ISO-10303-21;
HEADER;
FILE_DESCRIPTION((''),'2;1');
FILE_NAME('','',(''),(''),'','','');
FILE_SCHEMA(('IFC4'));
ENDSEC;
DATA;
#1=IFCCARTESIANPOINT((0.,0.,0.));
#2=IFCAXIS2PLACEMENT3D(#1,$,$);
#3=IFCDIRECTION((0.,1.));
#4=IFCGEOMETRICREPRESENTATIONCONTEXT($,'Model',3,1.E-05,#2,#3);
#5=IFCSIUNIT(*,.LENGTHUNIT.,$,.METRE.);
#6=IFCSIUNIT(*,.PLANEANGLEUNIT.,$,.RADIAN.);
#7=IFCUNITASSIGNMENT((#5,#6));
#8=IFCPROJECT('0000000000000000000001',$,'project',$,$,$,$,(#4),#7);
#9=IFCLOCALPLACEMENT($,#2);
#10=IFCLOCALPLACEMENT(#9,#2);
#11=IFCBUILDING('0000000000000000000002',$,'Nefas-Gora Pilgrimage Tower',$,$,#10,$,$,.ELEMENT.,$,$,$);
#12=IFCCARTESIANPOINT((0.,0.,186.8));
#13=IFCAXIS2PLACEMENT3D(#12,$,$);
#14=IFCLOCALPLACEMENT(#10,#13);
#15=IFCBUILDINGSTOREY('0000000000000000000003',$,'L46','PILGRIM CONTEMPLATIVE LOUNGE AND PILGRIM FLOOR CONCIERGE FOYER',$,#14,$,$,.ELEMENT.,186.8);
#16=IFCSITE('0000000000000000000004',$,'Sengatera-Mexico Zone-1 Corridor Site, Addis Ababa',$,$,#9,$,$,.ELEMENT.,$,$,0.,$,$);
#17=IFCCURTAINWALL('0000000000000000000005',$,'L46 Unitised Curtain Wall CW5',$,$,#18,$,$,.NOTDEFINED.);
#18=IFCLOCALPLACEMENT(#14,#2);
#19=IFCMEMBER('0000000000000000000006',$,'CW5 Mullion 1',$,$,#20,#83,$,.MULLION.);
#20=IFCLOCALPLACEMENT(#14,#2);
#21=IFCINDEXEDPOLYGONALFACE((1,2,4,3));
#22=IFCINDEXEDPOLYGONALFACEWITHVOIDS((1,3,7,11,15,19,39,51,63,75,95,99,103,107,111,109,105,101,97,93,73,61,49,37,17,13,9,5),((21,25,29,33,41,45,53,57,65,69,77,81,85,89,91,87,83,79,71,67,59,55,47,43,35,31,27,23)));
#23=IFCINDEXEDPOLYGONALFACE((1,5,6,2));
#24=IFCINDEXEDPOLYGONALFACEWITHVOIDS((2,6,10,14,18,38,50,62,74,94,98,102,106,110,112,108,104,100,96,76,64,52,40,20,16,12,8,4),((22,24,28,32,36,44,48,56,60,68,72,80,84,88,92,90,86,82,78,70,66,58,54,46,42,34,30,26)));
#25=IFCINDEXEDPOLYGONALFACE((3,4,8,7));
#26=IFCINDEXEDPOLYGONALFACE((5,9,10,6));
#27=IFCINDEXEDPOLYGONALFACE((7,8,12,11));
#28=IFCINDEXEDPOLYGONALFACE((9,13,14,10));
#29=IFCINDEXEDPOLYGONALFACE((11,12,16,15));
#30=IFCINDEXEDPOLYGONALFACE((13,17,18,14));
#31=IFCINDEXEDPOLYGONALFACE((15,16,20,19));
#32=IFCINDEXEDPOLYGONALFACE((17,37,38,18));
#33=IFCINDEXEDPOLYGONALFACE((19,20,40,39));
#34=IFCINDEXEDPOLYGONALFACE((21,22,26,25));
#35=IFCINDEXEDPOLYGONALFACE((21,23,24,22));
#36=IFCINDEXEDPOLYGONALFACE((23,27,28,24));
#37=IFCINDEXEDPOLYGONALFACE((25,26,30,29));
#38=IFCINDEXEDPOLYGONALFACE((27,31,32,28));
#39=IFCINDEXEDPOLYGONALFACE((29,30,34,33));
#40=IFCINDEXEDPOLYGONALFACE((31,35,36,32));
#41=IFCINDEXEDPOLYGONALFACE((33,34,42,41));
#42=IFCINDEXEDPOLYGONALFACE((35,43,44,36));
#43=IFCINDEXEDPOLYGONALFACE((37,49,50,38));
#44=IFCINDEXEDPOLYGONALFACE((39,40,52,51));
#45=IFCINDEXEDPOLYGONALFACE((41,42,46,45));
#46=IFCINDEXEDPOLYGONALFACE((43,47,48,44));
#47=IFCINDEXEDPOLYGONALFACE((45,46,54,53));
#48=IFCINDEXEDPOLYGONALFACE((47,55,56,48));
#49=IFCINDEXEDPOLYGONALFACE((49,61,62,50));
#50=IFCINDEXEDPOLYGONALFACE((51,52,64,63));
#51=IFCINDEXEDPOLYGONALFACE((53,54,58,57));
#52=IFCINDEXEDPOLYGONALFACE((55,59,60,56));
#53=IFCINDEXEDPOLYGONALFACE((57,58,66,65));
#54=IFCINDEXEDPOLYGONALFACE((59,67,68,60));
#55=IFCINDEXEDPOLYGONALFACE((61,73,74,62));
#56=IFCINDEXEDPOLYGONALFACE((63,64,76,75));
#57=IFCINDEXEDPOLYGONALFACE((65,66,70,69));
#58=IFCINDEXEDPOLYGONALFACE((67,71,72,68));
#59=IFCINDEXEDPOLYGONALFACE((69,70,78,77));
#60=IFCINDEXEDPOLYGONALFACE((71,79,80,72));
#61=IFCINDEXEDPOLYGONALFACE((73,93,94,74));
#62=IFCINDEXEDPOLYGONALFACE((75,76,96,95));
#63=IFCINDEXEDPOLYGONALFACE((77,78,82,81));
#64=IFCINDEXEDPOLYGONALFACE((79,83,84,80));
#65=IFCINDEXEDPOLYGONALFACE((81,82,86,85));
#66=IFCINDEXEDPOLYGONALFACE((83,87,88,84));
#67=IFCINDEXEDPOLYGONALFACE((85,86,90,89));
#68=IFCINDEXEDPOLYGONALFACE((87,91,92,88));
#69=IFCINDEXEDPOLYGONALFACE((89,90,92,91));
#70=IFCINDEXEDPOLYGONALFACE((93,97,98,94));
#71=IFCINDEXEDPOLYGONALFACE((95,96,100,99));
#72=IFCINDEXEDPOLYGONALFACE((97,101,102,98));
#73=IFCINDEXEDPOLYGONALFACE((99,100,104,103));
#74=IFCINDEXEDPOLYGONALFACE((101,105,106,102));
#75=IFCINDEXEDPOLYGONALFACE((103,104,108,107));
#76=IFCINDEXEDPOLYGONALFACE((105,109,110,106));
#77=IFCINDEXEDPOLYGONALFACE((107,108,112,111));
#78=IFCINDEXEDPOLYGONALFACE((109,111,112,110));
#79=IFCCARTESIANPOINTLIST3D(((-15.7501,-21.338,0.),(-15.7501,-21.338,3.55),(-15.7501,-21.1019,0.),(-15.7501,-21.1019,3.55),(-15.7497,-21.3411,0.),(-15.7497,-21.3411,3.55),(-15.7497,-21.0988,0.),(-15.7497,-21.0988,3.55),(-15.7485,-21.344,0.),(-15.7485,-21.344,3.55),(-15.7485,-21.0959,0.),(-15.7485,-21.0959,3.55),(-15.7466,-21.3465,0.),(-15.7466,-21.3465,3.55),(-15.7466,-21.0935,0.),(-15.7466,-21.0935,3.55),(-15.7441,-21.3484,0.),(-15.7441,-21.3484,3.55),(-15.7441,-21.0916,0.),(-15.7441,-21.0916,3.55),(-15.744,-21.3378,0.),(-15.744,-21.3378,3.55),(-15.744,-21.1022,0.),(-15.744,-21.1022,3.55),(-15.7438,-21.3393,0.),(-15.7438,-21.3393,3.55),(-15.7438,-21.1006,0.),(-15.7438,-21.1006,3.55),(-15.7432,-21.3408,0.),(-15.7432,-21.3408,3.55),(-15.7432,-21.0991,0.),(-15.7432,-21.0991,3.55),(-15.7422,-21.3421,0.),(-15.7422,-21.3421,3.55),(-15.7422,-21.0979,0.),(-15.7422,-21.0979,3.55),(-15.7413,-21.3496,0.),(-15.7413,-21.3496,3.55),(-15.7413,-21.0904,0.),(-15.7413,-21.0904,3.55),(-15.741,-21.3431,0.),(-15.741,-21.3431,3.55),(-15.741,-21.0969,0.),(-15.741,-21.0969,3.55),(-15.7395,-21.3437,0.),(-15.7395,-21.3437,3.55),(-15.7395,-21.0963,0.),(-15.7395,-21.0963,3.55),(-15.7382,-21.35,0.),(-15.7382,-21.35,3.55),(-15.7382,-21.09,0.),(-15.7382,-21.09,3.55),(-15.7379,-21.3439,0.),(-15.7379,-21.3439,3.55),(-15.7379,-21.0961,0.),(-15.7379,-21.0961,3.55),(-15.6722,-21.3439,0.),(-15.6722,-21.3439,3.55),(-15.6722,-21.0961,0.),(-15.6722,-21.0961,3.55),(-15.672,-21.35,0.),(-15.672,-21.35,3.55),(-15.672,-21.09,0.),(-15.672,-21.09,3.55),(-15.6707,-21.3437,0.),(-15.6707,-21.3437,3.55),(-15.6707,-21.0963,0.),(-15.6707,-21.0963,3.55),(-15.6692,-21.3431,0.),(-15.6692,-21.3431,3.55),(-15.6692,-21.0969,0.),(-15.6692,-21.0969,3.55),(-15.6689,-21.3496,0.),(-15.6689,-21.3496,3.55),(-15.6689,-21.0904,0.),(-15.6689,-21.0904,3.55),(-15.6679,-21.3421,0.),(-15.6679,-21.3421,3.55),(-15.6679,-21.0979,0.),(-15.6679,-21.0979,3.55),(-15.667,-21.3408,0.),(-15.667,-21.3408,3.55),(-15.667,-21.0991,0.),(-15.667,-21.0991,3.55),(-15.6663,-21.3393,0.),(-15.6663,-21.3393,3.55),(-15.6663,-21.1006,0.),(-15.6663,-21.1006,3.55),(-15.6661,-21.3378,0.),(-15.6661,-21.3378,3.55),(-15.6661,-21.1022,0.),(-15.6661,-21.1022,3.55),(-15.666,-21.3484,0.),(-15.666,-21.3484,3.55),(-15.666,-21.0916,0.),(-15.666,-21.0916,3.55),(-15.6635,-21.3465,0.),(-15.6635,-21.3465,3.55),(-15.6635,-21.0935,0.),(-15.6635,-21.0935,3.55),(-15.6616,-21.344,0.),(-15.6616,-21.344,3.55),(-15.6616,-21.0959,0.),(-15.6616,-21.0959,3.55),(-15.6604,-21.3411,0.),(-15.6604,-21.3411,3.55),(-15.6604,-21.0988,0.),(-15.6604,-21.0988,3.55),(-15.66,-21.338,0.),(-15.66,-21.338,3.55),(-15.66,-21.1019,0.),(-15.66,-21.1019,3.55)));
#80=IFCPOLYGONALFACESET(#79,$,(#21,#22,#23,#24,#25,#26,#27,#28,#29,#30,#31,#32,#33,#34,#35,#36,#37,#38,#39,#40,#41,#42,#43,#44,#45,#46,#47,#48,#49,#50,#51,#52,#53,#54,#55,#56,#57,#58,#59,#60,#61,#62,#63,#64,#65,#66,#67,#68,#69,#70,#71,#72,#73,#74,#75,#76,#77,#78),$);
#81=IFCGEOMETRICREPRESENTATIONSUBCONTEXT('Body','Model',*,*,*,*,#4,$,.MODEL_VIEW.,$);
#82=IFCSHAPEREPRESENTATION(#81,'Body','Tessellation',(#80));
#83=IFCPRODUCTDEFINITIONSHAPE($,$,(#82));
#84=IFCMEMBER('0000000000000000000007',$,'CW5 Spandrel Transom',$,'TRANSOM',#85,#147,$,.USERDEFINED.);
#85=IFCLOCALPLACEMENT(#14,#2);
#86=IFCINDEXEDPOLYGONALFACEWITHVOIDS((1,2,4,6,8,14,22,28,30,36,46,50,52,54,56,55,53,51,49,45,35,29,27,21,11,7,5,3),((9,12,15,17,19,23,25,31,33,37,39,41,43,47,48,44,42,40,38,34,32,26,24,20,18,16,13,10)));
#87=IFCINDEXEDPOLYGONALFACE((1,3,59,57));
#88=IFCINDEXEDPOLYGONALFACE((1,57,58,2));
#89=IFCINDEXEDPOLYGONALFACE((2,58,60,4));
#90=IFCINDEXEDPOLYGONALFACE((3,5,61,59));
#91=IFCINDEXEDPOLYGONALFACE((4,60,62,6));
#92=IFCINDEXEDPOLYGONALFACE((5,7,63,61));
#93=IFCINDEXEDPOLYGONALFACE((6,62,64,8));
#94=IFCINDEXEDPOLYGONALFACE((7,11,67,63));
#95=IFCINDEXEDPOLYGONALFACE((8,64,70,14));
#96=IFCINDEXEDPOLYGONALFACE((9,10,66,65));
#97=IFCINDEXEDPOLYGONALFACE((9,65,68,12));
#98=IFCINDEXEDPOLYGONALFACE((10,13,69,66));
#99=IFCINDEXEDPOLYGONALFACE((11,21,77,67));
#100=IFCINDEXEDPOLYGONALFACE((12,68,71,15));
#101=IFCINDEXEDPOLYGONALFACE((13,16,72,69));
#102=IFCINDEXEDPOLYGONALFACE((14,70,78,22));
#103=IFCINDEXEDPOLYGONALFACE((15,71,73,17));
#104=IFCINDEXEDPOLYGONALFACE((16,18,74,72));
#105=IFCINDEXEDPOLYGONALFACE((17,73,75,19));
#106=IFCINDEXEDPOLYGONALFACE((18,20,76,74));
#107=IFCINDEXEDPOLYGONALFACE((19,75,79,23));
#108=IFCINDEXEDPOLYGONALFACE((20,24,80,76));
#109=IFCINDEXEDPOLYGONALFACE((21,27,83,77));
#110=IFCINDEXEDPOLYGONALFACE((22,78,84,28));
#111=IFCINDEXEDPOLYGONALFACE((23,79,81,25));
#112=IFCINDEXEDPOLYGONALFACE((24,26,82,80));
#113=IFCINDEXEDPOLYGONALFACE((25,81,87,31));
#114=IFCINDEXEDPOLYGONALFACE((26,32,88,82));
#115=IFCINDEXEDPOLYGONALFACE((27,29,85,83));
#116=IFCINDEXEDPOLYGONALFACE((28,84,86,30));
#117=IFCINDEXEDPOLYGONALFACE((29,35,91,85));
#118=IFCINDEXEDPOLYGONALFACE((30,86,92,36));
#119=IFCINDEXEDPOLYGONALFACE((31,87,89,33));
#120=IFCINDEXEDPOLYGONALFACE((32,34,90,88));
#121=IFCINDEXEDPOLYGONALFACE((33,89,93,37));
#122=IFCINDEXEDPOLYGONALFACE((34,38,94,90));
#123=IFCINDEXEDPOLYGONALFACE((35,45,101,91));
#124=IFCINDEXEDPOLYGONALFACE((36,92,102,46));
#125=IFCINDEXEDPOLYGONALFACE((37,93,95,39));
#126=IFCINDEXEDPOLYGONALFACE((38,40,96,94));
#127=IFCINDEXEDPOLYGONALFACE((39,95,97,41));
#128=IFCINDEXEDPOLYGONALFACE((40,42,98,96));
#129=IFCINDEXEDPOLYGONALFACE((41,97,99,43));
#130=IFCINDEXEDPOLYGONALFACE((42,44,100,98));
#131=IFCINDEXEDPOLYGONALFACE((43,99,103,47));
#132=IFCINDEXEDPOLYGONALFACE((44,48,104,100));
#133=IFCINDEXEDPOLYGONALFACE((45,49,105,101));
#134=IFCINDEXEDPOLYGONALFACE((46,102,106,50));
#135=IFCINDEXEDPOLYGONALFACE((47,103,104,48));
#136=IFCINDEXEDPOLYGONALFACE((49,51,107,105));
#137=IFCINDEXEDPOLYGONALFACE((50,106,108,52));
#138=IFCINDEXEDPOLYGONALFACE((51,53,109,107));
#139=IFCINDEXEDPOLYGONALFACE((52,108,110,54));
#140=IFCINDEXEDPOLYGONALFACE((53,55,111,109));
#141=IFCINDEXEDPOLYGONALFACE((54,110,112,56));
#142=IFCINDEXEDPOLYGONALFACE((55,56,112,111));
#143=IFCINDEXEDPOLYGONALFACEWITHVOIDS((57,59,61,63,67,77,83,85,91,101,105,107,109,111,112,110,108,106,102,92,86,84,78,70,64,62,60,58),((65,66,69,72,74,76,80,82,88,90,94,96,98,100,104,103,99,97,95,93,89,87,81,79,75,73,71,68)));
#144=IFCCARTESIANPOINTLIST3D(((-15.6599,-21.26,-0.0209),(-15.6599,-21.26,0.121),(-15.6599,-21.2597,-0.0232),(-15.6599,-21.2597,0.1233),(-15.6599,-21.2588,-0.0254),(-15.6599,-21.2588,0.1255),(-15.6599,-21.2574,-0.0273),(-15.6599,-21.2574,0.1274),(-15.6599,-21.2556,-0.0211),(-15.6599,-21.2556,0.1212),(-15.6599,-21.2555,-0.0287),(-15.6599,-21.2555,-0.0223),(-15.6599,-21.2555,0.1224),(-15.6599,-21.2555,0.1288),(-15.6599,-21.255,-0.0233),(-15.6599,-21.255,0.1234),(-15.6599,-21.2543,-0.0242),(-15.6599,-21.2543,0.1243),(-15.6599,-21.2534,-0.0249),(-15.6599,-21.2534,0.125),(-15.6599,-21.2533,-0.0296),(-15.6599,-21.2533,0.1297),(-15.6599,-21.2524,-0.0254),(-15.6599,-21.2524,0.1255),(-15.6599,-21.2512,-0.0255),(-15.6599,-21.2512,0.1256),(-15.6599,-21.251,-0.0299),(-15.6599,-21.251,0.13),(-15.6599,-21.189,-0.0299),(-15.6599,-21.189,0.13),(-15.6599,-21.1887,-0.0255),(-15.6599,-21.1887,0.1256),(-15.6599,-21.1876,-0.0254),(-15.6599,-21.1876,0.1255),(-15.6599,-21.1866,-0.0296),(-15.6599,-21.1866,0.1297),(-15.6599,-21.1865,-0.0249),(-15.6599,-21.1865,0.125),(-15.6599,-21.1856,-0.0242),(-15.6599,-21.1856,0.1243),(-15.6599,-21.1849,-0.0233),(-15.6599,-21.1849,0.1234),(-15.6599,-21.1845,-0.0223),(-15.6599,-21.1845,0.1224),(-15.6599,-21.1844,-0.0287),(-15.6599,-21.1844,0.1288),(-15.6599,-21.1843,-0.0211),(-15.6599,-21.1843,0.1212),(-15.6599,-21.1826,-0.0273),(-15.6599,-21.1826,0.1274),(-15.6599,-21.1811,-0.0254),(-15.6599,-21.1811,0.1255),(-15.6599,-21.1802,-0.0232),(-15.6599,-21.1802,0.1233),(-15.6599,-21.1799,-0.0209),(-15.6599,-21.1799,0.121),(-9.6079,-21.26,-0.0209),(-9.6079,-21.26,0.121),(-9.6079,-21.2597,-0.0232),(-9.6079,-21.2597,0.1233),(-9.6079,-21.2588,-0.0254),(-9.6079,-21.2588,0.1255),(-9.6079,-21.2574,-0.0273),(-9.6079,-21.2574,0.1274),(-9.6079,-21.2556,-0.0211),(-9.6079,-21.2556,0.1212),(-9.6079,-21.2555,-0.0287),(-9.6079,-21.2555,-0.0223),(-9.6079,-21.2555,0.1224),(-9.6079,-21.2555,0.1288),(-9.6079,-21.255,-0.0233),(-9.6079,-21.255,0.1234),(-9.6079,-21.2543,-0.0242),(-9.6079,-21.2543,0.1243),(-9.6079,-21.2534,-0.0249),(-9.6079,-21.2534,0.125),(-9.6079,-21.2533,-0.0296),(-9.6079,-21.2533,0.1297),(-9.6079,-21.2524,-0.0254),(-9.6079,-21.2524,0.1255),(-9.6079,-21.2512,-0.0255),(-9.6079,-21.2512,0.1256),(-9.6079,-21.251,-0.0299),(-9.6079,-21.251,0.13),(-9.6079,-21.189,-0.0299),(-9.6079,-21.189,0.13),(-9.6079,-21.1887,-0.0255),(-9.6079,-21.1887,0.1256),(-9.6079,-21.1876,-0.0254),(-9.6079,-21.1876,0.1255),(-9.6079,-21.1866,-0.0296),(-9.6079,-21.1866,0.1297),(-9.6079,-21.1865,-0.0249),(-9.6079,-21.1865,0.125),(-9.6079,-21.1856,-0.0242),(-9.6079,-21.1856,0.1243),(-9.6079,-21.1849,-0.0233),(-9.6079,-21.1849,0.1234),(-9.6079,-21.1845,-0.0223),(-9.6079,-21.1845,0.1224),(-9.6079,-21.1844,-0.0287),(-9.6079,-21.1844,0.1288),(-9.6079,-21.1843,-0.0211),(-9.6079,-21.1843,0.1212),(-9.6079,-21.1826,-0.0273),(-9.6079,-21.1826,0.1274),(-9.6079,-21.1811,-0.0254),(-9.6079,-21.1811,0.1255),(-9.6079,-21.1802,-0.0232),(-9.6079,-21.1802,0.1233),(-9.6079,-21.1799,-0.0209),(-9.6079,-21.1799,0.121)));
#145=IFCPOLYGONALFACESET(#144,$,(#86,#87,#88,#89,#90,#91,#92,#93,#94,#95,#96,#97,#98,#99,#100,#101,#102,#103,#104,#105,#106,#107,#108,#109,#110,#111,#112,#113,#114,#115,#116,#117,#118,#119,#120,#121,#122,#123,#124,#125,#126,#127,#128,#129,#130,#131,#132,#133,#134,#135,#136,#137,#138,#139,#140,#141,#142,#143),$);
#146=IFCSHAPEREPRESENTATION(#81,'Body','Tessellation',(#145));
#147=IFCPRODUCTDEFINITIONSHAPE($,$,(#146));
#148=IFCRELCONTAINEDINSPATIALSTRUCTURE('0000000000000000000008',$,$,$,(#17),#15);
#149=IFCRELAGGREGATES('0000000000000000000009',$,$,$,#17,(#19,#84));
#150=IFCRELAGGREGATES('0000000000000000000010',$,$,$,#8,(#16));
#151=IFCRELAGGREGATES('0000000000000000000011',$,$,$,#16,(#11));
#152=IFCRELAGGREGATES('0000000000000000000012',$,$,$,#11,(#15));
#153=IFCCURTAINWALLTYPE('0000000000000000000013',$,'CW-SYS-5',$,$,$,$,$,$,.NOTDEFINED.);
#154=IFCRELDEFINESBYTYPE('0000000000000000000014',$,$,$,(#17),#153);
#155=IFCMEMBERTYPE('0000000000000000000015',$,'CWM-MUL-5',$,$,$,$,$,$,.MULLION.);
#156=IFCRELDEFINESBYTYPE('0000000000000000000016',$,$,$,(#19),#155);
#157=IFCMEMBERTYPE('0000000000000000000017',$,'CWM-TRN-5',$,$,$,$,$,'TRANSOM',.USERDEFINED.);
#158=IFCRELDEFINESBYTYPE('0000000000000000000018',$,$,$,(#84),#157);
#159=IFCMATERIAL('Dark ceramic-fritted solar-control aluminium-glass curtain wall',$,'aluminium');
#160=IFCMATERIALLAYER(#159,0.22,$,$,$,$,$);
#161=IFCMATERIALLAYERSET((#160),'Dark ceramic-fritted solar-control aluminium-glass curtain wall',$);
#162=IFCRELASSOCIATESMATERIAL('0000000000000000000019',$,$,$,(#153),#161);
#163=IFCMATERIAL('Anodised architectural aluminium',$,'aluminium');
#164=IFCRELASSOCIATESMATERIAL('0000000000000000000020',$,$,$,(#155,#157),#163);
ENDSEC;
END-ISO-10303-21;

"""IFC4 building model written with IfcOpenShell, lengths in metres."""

from ifc_helpers import new_model, si_unit, direction, frame, origin, origin_2d, place, context, subcontext, project, spatial, hollow_rectangle, extrude, source, transform, mapped, material, layer, layer_set, material_profile, profile_set, type_object, element, aggregate, save


model = new_model("IFC4")

# Units and contexts
model_context = context("Model", 3, precision=1e-05, world=origin(), true_north=direction((0.0, 1.0)))
body_context = subcontext(model_context, "Body", "Model", "MODEL_VIEW")
ifc_project = project(units=[si_unit("LENGTHUNIT", "METRE"), si_unit("PLANEANGLEUNIT", "RADIAN")], contexts=[model_context])

# Site, building, storey
site_placement = place(None, origin())
site = spatial("IfcSite", under=ifc_project, at=site_placement, Name="Sengatera-Mexico Zone-1 Corridor Site, Addis Ababa", CompositionType="ELEMENT", RefElevation=0.0)
building_placement = place(site_placement, origin())
building = spatial("IfcBuilding", under=site, at=building_placement, Name="Nefas-Gora Pilgrimage Tower", CompositionType="ELEMENT")
storey_placement = place(building_placement, frame((0.0, 0.0, 186.8)))
storey = spatial("IfcBuildingStorey", under=building, at=storey_placement, Name="L46", Description="PILGRIM CONTEMPLATIVE LOUNGE AND PILGRIM FLOOR CONCIERGE FOYER", CompositionType="ELEMENT", Elevation=186.8)

# Curtain wall, members
ifc_material_1 = material(Name="Dark ceramic-fritted solar-control aluminium-glass curtain wall", Category="aluminium")
ifc_layer_1 = layer(ifc_material_1, 0.22)
ifc_layer_set_1 = layer_set([ifc_layer_1], Name="Dark ceramic-fritted solar-control aluminium-glass curtain wall")
curtain_wall_type_1 = type_object("IfcCurtainWallType", Name="CW-SYS-5", PredefinedType="NOTDEFINED", material=ifc_layer_set_1)
curtain_wall_1_placement = place(storey_placement, origin())
curtain_wall_1 = element("IfcCurtainWall", 1, at=curtain_wall_1_placement, inside=storey, type_object=curtain_wall_type_1, Name="L46 Unitised Curtain Wall CW5", PredefinedType="NOTDEFINED")
ifc_material_2 = material(Name="Anodised architectural aluminium", Category="aluminium")
ifc_material_profile_1 = material_profile(ifc_material_2, hollow_rectangle(XDim=0.0901, YDim=0.26, WallThickness=0.0061, InnerFilletRadius=0.0061, OuterFilletRadius=0.012, at=origin_2d()), Name="ALU MULLION 90x260")
ifc_profile_set_1 = profile_set([ifc_material_profile_1], Name="Anodised architectural aluminium")
member_type_1 = type_object("IfcMemberType", Name="CWM-MUL-5", PredefinedType="MULLION", material=ifc_profile_set_1)
shared_shape_1 = source(origin(), body_context, "Body", "SweptSolid", [
    extrude(hollow_rectangle(XDim=0.0901, YDim=0.26, WallThickness=0.0061, InnerFilletRadius=0.0061, OuterFilletRadius=0.012, at=origin_2d()), origin(), (0.0, 0.0, 1.0), 3.55),
])
member_1_placement = place(storey_placement, frame((-15.7051, -21.22, 0.0), z_axis=(0.0, 0.0, 1.0), x_axis=(1.0, 0.0, 0.0)))
member_1 = element("IfcMember", 2, at=member_1_placement, type_object=member_type_1, Name="CW5 Mullion 1", PredefinedType="MULLION", context=body_context, shape_type="MappedRepresentation", body=[
    mapped(shared_shape_1, transform((0.0, 0.0, 0.0), x_axis=(1.0, 0.0, 0.0), y_axis=(0.0, 1.0, 0.0), z_axis=(0.0, 0.0, 1.0), scale=1.0)),
])
ifc_material_profile_2 = material_profile(ifc_material_2, hollow_rectangle(XDim=0.0801, YDim=0.1599, WallThickness=0.0044, InnerFilletRadius=0.0044, OuterFilletRadius=0.009, at=origin_2d()), Name="ALU TRANSOM 80x160")
ifc_profile_set_2 = profile_set([ifc_material_profile_2], Name="Anodised architectural aluminium")
member_type_2 = type_object("IfcMemberType", Name="CWM-TRN-5", ElementType="TRANSOM", PredefinedType="USERDEFINED", material=ifc_profile_set_2)
shared_shape_2 = source(origin(), body_context, "Body", "SweptSolid", [
    extrude(hollow_rectangle(XDim=0.0801, YDim=0.1599, WallThickness=0.0044, InnerFilletRadius=0.0044, OuterFilletRadius=0.009, at=origin_2d()), origin(), (0.0, 0.0, 1.0), 6.052),
])
member_2_placement = place(storey_placement, frame((-15.6599, -21.22, 0.05), z_axis=(1.0, 0.0, 0.0), x_axis=(0.0, 1.0, 0.0)))
member_2 = element("IfcMember", 3, at=member_2_placement, type_object=member_type_2, Name="CW5 Spandrel Transom", ObjectType="TRANSOM", PredefinedType="USERDEFINED", context=body_context, shape_type="MappedRepresentation", body=[
    mapped(shared_shape_2, transform((0.0, 0.0, 0.0), x_axis=(1.0, 0.0, 0.0), y_axis=(0.0, 1.0, 0.0), z_axis=(0.0, 0.0, 1.0), scale=1.0)),
])

aggregate(curtain_wall_1, [member_1, member_2])

save(model, "model.ifc")
